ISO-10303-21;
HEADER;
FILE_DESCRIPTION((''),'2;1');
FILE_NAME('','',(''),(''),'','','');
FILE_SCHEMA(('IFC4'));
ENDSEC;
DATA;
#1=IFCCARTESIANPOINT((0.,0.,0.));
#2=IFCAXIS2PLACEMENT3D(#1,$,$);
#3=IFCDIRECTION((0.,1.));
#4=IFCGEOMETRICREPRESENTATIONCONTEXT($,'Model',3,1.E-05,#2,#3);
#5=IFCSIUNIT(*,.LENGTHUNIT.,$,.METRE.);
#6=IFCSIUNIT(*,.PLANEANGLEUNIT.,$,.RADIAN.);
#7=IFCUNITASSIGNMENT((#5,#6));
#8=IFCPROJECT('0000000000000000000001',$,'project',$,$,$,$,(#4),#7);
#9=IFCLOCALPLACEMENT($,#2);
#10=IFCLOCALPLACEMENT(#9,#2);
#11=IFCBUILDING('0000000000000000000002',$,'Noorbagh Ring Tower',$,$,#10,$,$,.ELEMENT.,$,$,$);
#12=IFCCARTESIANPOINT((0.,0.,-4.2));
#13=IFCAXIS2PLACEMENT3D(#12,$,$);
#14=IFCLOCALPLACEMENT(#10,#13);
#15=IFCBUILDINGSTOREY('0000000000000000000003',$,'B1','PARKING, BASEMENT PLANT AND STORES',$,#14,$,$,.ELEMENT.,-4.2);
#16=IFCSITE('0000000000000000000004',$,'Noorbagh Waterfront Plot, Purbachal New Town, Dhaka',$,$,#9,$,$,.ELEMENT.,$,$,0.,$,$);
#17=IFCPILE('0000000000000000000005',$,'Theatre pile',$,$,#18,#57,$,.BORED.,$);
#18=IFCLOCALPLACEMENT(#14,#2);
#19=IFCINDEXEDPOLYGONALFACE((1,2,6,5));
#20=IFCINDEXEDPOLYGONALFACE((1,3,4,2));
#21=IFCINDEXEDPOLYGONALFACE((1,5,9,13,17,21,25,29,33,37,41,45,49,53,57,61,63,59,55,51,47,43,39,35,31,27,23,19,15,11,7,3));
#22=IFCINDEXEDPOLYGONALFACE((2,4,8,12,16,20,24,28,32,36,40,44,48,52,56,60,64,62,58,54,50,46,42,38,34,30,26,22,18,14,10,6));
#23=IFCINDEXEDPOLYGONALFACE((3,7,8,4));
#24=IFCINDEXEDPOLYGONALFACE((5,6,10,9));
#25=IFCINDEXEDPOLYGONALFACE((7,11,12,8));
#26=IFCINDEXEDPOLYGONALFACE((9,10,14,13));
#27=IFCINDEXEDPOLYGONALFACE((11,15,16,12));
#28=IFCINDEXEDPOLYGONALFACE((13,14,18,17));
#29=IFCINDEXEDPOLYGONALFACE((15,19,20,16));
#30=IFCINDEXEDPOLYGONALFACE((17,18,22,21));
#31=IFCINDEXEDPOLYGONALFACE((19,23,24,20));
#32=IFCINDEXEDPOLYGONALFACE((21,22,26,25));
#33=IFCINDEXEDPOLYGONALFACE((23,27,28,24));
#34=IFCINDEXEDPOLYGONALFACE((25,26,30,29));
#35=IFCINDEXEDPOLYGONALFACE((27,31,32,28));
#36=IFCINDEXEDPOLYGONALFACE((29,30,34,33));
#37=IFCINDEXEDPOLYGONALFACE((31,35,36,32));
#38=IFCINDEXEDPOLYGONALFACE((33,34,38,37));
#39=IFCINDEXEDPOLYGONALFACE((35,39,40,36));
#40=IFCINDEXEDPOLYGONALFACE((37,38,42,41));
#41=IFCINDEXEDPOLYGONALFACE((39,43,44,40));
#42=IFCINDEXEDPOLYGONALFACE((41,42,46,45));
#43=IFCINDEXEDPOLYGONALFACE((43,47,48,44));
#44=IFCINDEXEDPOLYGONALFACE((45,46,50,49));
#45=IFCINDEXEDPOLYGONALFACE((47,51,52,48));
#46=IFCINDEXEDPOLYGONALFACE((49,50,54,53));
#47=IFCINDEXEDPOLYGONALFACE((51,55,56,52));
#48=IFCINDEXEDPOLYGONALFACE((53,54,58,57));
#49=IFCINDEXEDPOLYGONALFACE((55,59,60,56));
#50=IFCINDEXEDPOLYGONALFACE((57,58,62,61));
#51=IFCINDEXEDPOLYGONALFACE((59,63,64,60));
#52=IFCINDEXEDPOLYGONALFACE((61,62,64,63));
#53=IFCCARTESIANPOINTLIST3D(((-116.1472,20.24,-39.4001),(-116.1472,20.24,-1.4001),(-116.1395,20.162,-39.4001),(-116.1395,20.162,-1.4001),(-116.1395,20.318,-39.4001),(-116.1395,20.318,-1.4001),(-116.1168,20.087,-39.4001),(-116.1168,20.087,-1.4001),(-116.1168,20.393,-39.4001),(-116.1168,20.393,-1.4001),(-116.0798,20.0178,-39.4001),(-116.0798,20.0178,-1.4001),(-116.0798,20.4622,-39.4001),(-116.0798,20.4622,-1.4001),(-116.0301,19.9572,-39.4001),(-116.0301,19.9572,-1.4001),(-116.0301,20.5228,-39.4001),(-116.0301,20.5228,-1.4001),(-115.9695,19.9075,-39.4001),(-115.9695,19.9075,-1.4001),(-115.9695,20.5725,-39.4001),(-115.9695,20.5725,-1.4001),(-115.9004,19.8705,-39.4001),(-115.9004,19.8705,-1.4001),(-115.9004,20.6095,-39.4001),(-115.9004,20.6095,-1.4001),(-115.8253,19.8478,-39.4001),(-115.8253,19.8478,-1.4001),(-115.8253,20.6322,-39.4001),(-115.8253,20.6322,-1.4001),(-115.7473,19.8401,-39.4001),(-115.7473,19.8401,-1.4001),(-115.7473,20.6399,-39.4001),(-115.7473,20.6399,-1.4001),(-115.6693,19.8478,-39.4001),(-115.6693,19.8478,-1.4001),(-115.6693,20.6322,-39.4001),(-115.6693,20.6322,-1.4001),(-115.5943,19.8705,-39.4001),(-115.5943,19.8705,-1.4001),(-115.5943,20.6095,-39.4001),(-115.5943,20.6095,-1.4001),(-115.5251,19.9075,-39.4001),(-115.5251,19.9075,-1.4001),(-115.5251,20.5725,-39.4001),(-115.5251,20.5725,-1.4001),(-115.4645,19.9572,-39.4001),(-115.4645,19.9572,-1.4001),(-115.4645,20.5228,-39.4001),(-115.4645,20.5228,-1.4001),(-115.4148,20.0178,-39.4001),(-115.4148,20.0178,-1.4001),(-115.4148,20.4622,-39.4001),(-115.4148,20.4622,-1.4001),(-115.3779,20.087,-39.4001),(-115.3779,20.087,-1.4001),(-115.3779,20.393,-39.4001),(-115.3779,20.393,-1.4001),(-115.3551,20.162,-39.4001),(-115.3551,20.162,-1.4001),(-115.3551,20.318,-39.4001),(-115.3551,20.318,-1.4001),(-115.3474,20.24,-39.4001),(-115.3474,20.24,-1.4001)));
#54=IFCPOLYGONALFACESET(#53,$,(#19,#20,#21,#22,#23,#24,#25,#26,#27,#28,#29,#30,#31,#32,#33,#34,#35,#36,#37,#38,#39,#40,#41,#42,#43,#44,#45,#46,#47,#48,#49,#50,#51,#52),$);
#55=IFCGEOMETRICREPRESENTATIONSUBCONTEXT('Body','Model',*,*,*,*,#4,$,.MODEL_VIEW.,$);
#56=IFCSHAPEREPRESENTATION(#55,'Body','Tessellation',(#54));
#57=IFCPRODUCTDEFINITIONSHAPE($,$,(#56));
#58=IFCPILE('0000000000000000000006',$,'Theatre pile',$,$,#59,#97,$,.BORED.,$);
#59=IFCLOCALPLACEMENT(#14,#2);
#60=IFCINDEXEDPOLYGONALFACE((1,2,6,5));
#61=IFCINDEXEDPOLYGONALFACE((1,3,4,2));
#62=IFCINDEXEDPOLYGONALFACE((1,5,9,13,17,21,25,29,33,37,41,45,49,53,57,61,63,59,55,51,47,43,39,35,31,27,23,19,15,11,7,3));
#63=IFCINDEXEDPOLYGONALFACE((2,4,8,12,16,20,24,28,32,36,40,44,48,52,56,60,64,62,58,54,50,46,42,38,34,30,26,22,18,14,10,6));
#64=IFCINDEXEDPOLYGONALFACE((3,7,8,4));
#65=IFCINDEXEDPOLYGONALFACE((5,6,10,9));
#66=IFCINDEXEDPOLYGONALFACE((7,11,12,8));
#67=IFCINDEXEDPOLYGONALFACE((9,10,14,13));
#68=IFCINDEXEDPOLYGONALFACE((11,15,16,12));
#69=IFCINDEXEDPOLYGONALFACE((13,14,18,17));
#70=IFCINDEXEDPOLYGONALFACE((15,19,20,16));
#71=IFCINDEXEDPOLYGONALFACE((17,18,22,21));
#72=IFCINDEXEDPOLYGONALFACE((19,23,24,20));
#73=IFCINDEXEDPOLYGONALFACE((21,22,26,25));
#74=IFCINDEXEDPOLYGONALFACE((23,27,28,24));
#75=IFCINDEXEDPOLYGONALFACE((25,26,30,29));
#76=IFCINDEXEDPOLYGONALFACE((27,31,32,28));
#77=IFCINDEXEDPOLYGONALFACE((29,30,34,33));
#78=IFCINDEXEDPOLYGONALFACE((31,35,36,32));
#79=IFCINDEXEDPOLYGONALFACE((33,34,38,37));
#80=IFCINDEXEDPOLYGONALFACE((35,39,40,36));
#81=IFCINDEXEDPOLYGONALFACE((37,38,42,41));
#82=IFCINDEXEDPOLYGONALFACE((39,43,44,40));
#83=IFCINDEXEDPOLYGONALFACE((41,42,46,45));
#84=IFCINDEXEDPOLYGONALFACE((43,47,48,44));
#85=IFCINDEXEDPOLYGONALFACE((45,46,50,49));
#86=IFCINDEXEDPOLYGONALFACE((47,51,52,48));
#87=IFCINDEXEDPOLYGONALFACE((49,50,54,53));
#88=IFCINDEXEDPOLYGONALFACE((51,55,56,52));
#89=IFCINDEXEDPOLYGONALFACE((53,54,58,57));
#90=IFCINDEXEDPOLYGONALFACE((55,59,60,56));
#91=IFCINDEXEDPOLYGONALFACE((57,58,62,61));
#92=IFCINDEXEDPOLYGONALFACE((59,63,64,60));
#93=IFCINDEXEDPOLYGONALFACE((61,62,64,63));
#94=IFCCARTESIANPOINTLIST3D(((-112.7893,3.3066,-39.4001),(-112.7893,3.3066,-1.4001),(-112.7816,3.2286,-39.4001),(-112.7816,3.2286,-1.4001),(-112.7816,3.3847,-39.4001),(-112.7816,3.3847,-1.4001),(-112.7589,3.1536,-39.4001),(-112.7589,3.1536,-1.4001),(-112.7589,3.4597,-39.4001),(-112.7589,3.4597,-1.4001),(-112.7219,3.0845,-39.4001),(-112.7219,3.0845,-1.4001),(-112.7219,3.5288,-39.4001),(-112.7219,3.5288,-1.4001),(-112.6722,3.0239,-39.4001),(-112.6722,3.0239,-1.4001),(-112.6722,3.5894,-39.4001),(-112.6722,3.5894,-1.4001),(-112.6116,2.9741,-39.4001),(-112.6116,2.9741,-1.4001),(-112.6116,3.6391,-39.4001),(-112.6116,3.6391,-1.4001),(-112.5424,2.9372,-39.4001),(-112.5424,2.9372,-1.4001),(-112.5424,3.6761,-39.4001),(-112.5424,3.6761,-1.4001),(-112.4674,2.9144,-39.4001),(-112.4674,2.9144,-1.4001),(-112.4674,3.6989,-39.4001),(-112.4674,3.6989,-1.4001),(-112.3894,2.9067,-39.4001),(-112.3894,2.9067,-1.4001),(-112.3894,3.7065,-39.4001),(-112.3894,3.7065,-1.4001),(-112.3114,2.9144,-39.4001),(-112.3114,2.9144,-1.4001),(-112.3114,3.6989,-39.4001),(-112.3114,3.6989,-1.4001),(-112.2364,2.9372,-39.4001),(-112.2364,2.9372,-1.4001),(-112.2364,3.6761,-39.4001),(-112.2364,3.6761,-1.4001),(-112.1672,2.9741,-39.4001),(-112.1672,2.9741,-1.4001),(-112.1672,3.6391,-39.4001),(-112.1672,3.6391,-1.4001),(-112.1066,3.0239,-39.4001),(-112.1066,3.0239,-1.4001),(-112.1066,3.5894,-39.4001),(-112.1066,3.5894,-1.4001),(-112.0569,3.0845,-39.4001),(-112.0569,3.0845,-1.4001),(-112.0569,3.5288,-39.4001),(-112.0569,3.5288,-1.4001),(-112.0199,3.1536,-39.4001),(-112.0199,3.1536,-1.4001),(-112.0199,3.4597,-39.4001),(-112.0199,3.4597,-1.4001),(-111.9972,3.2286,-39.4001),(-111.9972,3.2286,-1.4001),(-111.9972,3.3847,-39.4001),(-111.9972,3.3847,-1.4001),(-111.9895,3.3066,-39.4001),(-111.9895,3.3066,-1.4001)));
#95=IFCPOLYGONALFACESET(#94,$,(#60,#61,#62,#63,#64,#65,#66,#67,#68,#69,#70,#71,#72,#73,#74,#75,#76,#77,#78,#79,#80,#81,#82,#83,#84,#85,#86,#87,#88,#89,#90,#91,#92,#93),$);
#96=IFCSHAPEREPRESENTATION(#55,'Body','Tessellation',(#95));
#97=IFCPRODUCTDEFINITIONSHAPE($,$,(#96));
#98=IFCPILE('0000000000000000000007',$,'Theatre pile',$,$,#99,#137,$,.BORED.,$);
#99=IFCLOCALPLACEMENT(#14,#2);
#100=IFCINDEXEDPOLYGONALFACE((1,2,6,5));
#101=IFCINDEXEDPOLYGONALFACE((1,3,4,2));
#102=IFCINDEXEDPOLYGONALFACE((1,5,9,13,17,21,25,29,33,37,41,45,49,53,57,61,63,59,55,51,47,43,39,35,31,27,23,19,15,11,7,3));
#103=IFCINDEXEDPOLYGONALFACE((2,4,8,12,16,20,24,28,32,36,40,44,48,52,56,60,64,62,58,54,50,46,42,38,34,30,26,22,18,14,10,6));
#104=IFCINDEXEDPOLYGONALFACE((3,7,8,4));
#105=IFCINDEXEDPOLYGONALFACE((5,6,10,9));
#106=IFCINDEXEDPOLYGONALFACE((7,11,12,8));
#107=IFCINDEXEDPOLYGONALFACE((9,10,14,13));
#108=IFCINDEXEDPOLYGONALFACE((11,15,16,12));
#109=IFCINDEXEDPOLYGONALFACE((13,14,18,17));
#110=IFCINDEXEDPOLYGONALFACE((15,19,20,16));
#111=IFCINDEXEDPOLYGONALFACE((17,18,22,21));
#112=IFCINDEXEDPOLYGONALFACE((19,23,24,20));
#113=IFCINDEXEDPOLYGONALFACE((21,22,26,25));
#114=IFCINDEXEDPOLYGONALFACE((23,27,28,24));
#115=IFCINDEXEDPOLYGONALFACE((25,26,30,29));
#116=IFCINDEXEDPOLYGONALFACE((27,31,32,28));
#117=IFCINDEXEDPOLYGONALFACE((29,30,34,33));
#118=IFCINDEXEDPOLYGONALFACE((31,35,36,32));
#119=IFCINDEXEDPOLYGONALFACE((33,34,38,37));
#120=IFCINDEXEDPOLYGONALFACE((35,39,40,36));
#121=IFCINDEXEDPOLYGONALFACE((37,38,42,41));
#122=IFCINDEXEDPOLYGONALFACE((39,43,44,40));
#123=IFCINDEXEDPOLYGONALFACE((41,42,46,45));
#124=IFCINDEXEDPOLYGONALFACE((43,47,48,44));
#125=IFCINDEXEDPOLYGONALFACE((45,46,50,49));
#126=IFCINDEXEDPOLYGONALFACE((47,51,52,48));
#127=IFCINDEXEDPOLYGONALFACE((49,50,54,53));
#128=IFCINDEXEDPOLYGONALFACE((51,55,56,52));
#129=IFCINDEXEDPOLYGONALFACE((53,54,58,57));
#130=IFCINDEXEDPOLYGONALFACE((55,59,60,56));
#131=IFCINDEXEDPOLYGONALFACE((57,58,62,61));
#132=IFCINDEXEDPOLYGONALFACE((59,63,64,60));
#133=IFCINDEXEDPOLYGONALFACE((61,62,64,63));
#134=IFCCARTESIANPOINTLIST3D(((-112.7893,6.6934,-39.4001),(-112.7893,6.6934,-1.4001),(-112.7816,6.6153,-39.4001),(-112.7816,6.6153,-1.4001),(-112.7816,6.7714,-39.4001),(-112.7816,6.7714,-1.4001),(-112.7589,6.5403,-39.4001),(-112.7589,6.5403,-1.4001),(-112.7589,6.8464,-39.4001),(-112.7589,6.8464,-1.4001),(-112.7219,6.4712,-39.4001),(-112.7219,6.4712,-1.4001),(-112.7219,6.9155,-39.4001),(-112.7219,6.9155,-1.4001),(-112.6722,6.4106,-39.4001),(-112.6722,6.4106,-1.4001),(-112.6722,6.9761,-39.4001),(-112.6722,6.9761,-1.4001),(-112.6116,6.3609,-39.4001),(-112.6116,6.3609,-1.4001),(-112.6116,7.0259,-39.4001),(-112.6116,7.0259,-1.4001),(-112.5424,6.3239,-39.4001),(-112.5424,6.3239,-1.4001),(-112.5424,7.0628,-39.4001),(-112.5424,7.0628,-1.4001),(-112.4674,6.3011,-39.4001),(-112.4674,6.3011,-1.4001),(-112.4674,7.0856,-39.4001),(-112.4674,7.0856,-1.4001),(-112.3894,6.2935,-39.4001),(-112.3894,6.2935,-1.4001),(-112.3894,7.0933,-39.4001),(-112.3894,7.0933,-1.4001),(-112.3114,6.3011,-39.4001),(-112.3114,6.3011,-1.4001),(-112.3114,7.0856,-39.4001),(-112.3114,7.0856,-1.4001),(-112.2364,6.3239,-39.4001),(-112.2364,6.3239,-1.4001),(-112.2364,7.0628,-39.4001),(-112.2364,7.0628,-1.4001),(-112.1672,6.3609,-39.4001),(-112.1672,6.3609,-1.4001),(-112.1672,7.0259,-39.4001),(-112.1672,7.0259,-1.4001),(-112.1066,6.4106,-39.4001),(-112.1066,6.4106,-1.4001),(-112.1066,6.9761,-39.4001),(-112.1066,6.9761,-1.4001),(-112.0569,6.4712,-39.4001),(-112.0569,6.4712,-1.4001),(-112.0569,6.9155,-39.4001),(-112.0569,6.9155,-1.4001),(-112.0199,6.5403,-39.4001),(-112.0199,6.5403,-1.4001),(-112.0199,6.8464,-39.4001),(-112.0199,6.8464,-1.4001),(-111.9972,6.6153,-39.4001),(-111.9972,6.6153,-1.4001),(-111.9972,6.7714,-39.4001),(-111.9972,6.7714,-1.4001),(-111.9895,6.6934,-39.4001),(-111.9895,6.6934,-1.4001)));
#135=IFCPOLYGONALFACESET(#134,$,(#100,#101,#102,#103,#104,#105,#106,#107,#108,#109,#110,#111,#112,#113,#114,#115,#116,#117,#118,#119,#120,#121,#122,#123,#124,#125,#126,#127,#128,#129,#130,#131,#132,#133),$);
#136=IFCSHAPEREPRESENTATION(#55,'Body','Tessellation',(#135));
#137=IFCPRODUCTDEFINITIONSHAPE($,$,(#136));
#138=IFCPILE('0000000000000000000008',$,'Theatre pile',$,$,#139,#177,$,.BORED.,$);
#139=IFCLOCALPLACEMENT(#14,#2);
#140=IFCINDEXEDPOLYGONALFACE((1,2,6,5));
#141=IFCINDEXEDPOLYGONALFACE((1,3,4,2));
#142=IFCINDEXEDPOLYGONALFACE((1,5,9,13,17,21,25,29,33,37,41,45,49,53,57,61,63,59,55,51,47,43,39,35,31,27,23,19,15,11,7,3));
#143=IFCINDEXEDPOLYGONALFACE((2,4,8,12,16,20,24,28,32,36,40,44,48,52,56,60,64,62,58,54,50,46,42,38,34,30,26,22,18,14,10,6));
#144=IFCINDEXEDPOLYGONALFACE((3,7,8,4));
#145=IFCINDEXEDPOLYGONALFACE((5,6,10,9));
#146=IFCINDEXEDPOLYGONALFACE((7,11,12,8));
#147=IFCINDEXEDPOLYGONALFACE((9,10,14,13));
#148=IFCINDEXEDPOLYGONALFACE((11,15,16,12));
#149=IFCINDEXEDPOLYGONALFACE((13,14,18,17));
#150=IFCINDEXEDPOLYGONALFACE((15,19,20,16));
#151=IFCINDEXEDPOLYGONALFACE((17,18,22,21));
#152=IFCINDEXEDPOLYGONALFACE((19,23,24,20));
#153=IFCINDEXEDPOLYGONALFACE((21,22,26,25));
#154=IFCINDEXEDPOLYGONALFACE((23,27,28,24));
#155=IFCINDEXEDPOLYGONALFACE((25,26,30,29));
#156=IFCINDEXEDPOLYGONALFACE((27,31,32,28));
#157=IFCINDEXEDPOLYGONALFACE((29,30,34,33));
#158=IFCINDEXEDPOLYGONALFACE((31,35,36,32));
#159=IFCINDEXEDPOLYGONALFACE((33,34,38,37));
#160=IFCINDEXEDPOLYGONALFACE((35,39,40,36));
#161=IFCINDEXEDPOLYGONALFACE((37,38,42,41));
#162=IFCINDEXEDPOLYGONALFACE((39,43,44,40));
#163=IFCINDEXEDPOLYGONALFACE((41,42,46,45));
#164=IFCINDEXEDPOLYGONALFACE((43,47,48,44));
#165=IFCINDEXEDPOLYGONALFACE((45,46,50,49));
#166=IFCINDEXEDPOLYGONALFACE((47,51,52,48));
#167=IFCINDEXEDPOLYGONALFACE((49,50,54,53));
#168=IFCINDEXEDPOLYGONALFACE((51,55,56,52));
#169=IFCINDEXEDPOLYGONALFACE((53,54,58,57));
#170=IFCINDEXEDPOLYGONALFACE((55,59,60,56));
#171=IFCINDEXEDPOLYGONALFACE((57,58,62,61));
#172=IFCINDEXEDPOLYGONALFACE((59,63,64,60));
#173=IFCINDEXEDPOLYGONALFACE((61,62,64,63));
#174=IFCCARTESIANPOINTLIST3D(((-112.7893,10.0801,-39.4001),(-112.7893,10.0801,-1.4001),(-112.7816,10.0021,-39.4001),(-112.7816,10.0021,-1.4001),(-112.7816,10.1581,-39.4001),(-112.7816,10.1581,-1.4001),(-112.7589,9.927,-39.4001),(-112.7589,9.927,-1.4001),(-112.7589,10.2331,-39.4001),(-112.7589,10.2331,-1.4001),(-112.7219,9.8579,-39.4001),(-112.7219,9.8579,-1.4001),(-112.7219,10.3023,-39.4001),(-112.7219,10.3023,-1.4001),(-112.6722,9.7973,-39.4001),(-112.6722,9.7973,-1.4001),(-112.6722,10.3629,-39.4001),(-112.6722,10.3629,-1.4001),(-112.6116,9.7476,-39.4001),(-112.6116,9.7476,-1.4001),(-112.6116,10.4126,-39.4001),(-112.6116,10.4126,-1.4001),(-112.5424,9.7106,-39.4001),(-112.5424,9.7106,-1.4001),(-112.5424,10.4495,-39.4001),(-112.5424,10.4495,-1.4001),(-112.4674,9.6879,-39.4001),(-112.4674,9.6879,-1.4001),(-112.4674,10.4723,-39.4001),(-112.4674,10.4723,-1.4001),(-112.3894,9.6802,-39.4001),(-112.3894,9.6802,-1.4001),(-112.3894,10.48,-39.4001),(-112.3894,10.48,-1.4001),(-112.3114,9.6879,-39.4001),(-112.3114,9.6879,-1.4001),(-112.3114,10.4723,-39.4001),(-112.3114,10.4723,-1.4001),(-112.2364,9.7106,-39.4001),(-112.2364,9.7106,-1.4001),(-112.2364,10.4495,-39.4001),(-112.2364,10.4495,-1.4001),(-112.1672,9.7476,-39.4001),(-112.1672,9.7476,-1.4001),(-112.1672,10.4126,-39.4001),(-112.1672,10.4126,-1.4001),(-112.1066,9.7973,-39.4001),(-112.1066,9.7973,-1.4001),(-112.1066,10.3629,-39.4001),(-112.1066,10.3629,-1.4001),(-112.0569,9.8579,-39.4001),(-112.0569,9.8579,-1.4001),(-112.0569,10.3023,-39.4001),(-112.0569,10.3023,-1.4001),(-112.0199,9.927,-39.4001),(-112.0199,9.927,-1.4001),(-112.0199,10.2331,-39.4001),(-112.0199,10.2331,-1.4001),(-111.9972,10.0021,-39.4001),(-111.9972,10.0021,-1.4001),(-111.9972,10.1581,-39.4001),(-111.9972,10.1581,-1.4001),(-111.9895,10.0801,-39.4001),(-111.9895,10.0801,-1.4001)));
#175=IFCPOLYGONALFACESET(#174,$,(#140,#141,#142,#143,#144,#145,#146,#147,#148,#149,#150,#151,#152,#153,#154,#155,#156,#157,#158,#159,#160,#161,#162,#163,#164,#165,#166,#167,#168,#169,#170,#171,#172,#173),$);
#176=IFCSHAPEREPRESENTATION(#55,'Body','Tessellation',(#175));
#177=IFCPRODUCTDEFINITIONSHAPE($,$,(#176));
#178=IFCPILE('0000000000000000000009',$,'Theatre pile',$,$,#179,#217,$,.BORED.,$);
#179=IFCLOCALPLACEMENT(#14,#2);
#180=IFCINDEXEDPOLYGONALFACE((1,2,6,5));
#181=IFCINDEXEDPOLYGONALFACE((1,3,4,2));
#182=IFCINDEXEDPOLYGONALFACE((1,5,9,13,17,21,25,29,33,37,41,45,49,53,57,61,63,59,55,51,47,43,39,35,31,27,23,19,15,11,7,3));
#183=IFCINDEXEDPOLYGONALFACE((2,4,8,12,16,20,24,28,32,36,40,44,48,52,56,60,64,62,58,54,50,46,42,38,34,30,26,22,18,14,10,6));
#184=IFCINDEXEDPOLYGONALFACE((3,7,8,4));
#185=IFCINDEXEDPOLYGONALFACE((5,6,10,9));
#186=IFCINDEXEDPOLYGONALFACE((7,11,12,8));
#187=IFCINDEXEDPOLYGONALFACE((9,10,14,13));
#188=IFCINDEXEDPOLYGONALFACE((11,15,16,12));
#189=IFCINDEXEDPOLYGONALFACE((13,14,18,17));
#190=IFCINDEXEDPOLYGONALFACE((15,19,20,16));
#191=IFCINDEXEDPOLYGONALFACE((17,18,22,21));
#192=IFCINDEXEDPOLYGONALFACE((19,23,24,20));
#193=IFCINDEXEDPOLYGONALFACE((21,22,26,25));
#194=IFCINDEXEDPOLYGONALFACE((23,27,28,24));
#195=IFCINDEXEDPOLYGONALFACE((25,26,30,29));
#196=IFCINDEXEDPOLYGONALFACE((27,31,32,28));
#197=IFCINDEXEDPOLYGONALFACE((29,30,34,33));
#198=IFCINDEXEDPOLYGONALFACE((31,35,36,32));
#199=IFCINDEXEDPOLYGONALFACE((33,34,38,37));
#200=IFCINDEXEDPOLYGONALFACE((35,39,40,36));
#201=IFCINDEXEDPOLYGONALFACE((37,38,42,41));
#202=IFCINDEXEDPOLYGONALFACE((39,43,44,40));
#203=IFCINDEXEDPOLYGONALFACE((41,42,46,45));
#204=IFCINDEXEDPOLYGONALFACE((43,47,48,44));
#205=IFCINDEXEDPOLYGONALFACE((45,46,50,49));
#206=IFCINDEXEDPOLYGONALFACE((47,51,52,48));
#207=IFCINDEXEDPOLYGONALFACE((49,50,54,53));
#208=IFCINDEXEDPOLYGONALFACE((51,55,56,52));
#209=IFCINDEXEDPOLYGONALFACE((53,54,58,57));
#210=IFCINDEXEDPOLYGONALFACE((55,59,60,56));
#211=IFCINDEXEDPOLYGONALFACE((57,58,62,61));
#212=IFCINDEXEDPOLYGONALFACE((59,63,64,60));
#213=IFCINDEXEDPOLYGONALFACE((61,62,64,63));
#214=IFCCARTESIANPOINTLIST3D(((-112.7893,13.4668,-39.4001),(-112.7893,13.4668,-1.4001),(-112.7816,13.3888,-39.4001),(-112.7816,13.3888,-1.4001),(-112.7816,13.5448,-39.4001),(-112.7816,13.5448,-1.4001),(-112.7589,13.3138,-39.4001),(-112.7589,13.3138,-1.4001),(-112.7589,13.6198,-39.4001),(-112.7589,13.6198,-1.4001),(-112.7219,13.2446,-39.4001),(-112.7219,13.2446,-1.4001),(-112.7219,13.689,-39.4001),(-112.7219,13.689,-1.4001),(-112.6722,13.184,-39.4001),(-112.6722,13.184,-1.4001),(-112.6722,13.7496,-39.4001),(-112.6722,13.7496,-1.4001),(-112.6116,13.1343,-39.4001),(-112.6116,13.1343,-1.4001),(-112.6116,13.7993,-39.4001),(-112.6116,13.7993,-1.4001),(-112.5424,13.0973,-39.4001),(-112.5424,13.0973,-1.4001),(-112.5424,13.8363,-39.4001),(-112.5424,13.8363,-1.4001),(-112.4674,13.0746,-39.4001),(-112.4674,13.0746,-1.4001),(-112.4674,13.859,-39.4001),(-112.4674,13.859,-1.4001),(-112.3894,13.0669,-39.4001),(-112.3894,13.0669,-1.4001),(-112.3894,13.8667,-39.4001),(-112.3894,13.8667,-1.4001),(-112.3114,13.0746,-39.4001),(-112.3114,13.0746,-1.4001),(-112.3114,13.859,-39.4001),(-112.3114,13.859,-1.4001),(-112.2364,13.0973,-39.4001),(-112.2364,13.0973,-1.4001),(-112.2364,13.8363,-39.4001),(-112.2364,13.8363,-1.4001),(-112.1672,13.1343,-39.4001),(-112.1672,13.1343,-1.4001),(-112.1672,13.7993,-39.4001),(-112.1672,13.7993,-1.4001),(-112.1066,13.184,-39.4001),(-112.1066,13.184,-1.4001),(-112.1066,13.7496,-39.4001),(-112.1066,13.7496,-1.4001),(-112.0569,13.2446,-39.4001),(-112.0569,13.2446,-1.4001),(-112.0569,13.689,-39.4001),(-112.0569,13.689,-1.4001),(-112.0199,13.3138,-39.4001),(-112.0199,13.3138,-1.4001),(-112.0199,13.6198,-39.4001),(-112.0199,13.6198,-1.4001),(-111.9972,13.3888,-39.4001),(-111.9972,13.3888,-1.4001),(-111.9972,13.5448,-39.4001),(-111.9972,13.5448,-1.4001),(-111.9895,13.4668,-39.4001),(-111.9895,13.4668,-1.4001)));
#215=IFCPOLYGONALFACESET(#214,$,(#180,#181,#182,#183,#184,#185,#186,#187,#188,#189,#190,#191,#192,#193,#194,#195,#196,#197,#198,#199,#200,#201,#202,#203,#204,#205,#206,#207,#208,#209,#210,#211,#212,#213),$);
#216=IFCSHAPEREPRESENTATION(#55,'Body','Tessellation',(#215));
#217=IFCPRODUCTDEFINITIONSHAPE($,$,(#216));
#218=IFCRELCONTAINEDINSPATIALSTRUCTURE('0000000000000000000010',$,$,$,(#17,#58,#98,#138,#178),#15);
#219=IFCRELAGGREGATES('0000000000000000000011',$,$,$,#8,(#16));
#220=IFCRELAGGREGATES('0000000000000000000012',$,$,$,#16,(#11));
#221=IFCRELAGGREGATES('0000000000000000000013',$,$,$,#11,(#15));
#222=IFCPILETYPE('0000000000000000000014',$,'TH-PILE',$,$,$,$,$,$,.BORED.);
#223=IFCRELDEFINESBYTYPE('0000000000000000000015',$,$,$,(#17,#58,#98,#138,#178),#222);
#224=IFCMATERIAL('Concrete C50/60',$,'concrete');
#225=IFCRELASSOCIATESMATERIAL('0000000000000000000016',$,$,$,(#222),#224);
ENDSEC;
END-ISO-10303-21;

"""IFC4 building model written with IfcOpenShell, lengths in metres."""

from ifc_helpers import new_model, si_unit, direction, frame, origin, origin_2d, place, context, subcontext, project, spatial, circle, extrude, material, material_profile, profile_set, type_object, element, save


model = new_model("IFC4")

# Units and contexts
model_context = context("Model", 3, precision=1e-05, world=origin(), true_north=direction((0.0, 1.0)))
body_context = subcontext(model_context, "Body", "Model", "MODEL_VIEW")
ifc_project = project(units=[si_unit("LENGTHUNIT", "METRE"), si_unit("PLANEANGLEUNIT", "RADIAN")], contexts=[model_context])

# Site, building, storey
site_placement = place(None, origin())
site = spatial("IfcSite", under=ifc_project, at=site_placement, Name="Noorbagh Waterfront Plot, Purbachal New Town, Dhaka", CompositionType="ELEMENT", RefElevation=0.0)
building_placement = place(site_placement, origin())
building = spatial("IfcBuilding", under=site, at=building_placement, Name="Noorbagh Ring Tower", CompositionType="ELEMENT")
storey_placement = place(building_placement, frame((0.0, 0.0, -4.2)))
storey = spatial("IfcBuildingStorey", under=building, at=storey_placement, Name="B1", Description="PARKING, BASEMENT PLANT AND STORES", CompositionType="ELEMENT", Elevation=-4.2)

# Piles
ifc_material_1 = material(Name="Concrete C50/60", Category="concrete")
ifc_material_profile = material_profile(ifc_material_1, circle(Radius=0.3999, at=origin_2d()), Name="PILE800")
ifc_profile_set = profile_set([ifc_material_profile], Name="Concrete C50/60")
pile_type = type_object("IfcPileType", Name="TH-PILE", PredefinedType="BORED", material=ifc_profile_set)
for number, where, z_axis, x_axis, name in (
    (1, (-115.7473, 20.24, -1.4001), (0.0, 0.0, -1.0), (1.0, 0.0, 0.0), "Theatre pile"),
    (2, (-112.3894, 3.3066, -1.4001), (0.0, 0.0, -1.0), (1.0, 0.0, 0.0), "Theatre pile"),
    (3, (-112.3894, 6.6934, -1.4001), (0.0, 0.0, -1.0), (1.0, 0.0, 0.0), "Theatre pile"),
    (4, (-112.3894, 10.0801, -1.4001), (0.0, 0.0, -1.0), (1.0, 0.0, 0.0), "Theatre pile"),
    (5, (-112.3894, 13.4668, -1.4001), (0.0, 0.0, -1.0), (1.0, 0.0, 0.0), "Theatre pile"),
):
    element("IfcPile", number, at=place(storey_placement, frame(where, z_axis=z_axis, x_axis=x_axis)), inside=storey, type_object=pile_type, Name=name, PredefinedType="BORED", context=body_context, shape_type="SweptSolid", body=[
        extrude(circle(Radius=0.3999, at=origin_2d()), origin(), (0.0, 0.0, 1.0), 38.0),
    ])

save(model, "model.ifc")
